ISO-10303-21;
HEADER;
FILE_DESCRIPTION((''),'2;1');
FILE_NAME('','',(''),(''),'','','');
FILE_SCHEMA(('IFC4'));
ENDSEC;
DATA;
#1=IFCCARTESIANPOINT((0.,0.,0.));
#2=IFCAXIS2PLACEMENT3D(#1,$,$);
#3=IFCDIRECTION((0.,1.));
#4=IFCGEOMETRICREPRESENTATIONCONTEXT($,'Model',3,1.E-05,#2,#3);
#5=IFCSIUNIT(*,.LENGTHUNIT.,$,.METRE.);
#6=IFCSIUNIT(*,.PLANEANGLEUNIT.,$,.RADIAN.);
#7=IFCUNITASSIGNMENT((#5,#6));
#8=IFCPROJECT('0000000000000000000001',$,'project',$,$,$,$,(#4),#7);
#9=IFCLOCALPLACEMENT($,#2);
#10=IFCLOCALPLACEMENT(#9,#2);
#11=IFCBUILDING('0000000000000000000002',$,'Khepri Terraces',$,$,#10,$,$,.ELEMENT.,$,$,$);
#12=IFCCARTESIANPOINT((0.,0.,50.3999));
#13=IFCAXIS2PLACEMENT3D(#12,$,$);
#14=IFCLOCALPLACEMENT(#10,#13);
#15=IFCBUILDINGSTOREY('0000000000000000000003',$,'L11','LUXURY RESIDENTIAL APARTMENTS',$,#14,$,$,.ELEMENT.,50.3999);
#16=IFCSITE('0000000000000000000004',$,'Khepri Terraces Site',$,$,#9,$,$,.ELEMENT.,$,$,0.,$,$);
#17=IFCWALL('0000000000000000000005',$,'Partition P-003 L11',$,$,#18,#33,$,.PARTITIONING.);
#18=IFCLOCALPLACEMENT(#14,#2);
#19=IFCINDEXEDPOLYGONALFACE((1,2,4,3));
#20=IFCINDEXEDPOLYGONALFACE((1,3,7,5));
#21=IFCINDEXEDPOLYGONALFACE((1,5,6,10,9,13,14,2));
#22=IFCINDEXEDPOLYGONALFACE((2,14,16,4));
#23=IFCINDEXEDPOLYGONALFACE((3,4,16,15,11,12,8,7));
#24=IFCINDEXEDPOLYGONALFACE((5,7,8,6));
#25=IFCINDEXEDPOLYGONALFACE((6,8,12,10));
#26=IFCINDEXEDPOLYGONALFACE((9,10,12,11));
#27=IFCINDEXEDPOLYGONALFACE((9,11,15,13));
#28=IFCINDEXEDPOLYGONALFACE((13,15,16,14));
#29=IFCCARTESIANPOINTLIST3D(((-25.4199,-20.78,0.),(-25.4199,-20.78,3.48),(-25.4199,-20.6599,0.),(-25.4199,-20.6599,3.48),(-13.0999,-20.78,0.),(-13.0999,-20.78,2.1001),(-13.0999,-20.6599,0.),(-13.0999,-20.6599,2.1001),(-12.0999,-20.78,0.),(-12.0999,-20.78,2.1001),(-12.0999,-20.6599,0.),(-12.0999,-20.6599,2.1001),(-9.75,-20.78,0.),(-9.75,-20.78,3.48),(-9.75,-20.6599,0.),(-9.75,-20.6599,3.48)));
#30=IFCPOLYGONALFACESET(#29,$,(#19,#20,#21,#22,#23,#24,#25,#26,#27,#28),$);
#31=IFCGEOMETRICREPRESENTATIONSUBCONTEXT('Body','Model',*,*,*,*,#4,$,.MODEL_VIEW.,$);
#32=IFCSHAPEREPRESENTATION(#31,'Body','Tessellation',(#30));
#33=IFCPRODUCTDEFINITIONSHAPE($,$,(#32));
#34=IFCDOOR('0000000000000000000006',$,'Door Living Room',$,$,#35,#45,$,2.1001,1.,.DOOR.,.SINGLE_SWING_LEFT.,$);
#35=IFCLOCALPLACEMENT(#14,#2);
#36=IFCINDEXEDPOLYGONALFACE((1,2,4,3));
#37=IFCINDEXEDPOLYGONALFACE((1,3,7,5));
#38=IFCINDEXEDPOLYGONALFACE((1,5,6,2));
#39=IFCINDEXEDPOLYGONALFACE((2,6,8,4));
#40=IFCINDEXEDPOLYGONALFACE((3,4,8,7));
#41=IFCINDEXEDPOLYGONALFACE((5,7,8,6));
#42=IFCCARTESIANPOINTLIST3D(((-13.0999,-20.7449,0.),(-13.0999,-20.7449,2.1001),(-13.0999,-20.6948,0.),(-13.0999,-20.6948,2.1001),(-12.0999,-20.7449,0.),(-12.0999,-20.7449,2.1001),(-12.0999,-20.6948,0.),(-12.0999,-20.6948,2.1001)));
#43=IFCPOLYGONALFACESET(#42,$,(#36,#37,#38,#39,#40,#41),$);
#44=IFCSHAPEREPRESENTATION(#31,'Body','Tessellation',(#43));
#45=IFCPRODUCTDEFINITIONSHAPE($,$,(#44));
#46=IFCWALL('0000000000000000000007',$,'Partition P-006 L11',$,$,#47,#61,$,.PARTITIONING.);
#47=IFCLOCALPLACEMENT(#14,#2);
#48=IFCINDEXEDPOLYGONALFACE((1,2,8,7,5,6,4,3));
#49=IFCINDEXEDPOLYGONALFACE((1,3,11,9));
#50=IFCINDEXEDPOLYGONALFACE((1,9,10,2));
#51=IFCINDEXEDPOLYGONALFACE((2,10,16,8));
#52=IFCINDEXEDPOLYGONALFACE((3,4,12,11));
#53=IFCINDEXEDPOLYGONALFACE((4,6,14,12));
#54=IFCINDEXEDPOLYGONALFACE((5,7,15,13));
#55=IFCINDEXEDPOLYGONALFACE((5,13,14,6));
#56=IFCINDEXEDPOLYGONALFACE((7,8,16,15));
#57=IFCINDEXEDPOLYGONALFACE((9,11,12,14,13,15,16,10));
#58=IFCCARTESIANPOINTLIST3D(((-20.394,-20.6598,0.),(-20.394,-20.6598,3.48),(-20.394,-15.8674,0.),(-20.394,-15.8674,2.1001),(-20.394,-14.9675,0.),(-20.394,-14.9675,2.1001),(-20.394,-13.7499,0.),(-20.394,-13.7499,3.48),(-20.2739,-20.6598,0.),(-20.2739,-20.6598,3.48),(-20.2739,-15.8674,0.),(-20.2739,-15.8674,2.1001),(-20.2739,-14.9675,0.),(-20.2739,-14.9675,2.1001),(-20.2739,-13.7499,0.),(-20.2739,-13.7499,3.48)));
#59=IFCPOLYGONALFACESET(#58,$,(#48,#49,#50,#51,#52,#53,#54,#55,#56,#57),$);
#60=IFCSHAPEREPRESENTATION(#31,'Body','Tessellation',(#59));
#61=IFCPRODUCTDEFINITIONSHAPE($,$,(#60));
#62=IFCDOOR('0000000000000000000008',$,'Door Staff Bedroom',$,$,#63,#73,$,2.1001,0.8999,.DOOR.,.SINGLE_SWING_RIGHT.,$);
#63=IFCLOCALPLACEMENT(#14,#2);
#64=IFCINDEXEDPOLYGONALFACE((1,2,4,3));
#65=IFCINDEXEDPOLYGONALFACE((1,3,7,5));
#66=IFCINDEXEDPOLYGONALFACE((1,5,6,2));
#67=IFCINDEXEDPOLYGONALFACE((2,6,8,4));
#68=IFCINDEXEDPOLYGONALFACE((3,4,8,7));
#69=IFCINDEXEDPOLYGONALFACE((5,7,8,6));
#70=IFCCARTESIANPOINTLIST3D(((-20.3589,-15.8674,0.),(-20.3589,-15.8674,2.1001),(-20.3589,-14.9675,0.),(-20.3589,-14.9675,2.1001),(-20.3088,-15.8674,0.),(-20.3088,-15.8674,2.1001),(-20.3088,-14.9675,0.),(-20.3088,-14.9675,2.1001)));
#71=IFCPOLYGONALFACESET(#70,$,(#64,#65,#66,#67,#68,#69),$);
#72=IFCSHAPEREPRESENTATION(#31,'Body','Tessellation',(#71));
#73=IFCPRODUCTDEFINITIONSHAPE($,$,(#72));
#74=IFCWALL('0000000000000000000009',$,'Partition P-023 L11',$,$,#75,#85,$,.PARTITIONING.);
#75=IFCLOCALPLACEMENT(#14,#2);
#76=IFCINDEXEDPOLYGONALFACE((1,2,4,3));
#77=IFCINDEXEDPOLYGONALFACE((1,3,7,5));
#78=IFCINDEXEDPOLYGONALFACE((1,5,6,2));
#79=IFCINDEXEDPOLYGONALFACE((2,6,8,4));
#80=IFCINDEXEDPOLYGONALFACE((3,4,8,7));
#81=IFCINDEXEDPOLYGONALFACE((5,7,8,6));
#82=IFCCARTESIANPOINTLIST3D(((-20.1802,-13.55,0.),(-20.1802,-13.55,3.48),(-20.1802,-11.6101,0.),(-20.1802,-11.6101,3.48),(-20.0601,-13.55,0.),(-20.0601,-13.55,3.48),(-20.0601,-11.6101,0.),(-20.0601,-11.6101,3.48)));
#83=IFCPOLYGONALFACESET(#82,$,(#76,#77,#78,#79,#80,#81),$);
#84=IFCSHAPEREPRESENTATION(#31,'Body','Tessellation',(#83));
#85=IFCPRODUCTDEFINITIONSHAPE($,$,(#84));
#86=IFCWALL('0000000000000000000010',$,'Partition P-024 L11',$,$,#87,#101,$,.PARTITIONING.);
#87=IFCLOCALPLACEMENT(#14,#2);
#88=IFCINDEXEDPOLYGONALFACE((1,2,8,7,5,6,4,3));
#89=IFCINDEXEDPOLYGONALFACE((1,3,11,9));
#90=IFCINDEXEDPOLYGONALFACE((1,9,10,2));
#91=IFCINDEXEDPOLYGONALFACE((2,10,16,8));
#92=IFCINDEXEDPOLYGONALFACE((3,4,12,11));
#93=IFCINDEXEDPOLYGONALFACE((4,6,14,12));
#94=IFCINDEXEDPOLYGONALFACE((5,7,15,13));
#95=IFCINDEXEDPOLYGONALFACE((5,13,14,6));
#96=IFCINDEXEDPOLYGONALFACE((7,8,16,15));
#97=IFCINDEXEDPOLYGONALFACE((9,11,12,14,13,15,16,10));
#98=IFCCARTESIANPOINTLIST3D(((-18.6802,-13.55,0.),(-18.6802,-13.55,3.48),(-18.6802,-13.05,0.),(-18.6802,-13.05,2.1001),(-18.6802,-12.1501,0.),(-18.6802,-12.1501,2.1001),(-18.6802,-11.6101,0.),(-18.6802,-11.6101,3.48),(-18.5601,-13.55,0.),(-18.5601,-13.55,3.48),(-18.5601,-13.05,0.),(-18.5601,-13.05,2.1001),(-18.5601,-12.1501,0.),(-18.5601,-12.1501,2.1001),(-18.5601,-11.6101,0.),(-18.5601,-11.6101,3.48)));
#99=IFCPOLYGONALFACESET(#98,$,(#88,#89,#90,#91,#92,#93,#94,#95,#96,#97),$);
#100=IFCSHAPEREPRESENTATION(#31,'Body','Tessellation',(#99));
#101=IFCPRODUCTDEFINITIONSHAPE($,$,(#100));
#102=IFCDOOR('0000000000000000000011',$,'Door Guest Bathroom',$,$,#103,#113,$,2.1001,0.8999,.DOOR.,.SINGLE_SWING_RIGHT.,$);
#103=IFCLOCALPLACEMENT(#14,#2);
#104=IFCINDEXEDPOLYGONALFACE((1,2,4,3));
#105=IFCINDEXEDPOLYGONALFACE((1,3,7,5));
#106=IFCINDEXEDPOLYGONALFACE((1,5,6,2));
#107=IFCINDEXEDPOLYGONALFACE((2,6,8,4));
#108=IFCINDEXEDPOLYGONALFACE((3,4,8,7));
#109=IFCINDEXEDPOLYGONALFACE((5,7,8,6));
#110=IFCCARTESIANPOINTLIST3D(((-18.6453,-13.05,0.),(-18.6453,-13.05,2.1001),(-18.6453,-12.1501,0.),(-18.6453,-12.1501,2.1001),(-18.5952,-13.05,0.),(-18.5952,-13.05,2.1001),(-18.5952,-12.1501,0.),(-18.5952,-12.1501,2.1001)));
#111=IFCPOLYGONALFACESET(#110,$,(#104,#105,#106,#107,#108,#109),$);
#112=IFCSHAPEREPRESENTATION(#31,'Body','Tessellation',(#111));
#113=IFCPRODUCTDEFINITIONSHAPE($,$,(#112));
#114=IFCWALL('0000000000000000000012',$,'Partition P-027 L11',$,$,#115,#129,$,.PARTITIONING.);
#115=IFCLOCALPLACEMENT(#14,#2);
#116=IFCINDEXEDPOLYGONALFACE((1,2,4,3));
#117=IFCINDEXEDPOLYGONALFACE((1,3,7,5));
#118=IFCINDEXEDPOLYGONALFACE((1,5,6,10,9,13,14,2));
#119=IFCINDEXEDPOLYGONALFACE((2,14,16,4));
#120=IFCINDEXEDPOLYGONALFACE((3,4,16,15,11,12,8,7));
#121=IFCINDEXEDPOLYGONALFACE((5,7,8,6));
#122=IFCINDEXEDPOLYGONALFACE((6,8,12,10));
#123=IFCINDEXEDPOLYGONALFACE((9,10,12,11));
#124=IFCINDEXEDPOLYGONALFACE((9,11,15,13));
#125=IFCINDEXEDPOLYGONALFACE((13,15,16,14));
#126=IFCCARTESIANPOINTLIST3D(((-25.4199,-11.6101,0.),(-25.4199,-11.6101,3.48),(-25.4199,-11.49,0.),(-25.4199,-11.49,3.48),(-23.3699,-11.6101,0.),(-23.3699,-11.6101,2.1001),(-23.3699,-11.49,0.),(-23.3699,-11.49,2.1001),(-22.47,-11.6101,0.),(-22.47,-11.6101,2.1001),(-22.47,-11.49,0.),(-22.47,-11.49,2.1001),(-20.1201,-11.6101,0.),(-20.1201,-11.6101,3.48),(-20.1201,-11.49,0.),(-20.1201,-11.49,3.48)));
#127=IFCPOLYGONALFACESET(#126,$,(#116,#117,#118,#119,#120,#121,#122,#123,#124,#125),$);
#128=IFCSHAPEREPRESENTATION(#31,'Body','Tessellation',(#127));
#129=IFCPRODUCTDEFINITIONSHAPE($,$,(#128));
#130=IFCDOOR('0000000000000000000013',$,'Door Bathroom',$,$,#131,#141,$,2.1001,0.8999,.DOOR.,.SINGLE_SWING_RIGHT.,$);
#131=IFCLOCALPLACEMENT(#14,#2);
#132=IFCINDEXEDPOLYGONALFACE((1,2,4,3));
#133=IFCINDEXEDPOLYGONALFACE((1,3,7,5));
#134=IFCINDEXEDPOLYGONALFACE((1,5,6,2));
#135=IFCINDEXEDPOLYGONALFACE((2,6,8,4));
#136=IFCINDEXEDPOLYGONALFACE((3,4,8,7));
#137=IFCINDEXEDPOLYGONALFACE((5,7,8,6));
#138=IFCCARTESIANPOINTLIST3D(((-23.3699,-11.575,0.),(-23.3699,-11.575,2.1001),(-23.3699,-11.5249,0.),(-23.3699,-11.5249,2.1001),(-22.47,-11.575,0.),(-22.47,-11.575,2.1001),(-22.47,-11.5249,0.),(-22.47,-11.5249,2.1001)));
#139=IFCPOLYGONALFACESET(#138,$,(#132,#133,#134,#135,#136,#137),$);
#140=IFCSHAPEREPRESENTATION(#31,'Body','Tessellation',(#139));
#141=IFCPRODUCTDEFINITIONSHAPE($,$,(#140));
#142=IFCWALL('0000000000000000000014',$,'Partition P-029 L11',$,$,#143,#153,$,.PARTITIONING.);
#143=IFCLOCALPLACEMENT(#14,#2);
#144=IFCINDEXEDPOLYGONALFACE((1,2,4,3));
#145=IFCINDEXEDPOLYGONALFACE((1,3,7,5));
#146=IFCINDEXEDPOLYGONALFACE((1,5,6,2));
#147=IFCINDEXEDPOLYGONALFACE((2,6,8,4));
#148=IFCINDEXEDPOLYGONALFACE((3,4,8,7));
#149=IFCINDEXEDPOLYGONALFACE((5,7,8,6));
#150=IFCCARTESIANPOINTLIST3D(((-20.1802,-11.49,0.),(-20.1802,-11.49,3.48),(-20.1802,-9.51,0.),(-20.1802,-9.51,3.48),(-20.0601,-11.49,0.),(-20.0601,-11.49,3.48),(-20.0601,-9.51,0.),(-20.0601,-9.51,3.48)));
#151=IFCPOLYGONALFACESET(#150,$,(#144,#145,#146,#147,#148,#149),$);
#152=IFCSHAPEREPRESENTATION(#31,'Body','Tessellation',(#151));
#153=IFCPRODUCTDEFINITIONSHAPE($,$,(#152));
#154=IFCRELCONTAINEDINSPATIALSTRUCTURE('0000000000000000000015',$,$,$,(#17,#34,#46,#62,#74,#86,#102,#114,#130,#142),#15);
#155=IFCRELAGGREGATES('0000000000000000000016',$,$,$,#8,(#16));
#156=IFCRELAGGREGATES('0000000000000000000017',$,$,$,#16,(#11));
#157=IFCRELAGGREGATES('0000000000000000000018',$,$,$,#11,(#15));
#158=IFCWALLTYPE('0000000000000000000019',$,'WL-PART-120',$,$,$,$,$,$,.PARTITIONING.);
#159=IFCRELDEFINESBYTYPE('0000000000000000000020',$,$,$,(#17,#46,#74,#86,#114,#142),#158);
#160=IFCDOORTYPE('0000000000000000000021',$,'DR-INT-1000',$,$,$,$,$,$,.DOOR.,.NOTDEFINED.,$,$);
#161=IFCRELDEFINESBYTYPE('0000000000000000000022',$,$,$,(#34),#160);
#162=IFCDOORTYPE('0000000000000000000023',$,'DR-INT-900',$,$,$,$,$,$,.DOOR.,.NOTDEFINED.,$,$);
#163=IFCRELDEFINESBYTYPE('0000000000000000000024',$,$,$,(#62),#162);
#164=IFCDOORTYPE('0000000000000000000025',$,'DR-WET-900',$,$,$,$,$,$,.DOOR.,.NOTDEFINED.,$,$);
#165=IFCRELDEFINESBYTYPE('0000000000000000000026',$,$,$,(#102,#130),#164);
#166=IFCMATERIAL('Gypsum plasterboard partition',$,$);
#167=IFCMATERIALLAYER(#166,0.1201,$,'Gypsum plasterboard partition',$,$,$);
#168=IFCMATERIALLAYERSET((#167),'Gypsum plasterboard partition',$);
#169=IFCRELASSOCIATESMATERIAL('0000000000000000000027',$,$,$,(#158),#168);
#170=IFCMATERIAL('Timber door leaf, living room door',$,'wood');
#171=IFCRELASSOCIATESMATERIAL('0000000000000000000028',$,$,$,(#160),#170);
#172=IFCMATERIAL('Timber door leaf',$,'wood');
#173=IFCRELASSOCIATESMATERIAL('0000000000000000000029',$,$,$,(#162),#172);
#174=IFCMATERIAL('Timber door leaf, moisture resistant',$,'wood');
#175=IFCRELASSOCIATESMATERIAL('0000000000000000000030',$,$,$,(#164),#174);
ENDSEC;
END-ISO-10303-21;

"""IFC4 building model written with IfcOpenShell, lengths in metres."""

from ifc_helpers import new_model, si_unit, direction, frame, frame_2d, origin, place, context, subcontext, project, spatial, rectangle, extrude, material, layer, layer_set, type_object, element, fill, save


model = new_model("IFC4")

# Units and contexts
model_context = context("Model", 3, precision=1e-05, world=origin(), true_north=direction((0.0, 1.0)))
body_context = subcontext(model_context, "Body", "Model", "MODEL_VIEW")
ifc_project = project(units=[si_unit("LENGTHUNIT", "METRE"), si_unit("PLANEANGLEUNIT", "RADIAN")], contexts=[model_context])

# Site, building, storey
site_placement = place(None, origin())
site = spatial("IfcSite", under=ifc_project, at=site_placement, Name="Khepri Terraces Site", CompositionType="ELEMENT", RefElevation=0.0)
building_placement = place(site_placement, origin())
building = spatial("IfcBuilding", under=site, at=building_placement, Name="Khepri Terraces", CompositionType="ELEMENT")
storey_placement = place(building_placement, frame((0.0, 0.0, 50.3999)))
storey = spatial("IfcBuildingStorey", under=building, at=storey_placement, Name="L11", Description="LUXURY RESIDENTIAL APARTMENTS", CompositionType="ELEMENT", Elevation=50.3999)

# Walls, openings, doors
ifc_material_1 = material(Name="Gypsum plasterboard partition")
ifc_layer_1 = layer(ifc_material_1, 0.1201, Name="Gypsum plasterboard partition")
ifc_layer_set_1 = layer_set([ifc_layer_1], Name="Gypsum plasterboard partition")
wall_type_1 = type_object("IfcWallType", Name="WL-PART-120", PredefinedType="PARTITIONING", material=ifc_layer_set_1)
wall_1_placement = place(storey_placement, frame((-25.4199, -20.72, 0.0), z_axis=(0.0, 0.0, 1.0), x_axis=(1.0, 0.0, 0.0)))
wall_1 = element("IfcWall", 1, at=wall_1_placement, inside=storey, type_object=wall_type_1, Name="Partition P-003 L11", PredefinedType="PARTITIONING", context=body_context, shape_type="SweptSolid", body=[
    extrude(rectangle(XDim=15.6699, YDim=0.1201, at=frame_2d((7.835, 0.0))), origin(), (0.0, 0.0, 1.0), 3.48),
])
opening_1_placement = place(wall_1_placement, frame((12.3201, 0.0, 0.0)))
opening_1 = element("IfcOpeningElement", 2, at=opening_1_placement, cuts=wall_1, PredefinedType="OPENING", context=body_context, shape_type="SweptSolid", body=[
    extrude(rectangle(XDim=1.0, YDim=2.1001, at=frame_2d((0.5, 1.05))), frame((0.0, 0.0701, 0.0), z_axis=(0.0, -1.0, 0.0), x_axis=(1.0, 0.0, 0.0)), (0.0, 0.0, 1.0), 0.1401),
])
ifc_material_2 = material(Name="Timber door leaf, living room door", Category="wood")
door_type_1 = type_object("IfcDoorType", Name="DR-INT-1000", OperationType="NOTDEFINED", PredefinedType="DOOR", material=ifc_material_2)
door_1_placement = place(opening_1_placement, frame((1.0, 0.0, 0.0), z_axis=(0.0, 0.0, 1.0), x_axis=(-1.0, 0.0, 0.0)))
door_1 = element("IfcDoor", 3, at=door_1_placement, inside=storey, type_object=door_type_1, Name="Door Living Room", OperationType="SINGLE_SWING_LEFT", OverallHeight=2.1001, OverallWidth=1.0, PredefinedType="DOOR", context=body_context, shape_type="SweptSolid", body=[
    extrude(rectangle(XDim=1.0, YDim=2.1001, at=frame_2d((0.5, 1.05))), frame((0.0, 0.0249, 0.0), z_axis=(0.0, -1.0, 0.0), x_axis=(1.0, 0.0, 0.0)), (0.0, 0.0, 1.0), 0.05),
])
fill(opening_1, door_1)
wall_2_placement = place(storey_placement, frame((-20.334, -20.6599, 0.0), z_axis=(0.0, 0.0, 1.0), x_axis=(0.0, 1.0, 0.0)))
wall_2 = element("IfcWall", 4, at=wall_2_placement, inside=storey, type_object=wall_type_1, Name="Partition P-006 L11", PredefinedType="PARTITIONING", context=body_context, shape_type="SweptSolid", body=[
    extrude(rectangle(XDim=6.9099, YDim=0.1201, at=frame_2d((3.4551, 0.0))), origin(), (0.0, 0.0, 1.0), 3.48),
])
opening_2_placement = place(wall_2_placement, frame((4.7925, 0.0, 0.0)))
opening_2 = element("IfcOpeningElement", 5, at=opening_2_placement, cuts=wall_2, PredefinedType="OPENING", context=body_context, shape_type="SweptSolid", body=[
    extrude(rectangle(XDim=0.8999, YDim=2.1001, at=frame_2d((0.45, 1.05))), frame((0.0, 0.0701, 0.0), z_axis=(0.0, -1.0, 0.0), x_axis=(1.0, 0.0, 0.0)), (0.0, 0.0, 1.0), 0.1401),
])
ifc_material_3 = material(Name="Timber door leaf", Category="wood")
door_type_2 = type_object("IfcDoorType", Name="DR-INT-900", OperationType="NOTDEFINED", PredefinedType="DOOR", material=ifc_material_3)
door_2_placement = place(opening_2_placement, origin())
door_2 = element("IfcDoor", 6, at=door_2_placement, inside=storey, type_object=door_type_2, Name="Door Staff Bedroom", OperationType="SINGLE_SWING_RIGHT", OverallHeight=2.1001, OverallWidth=0.8999, PredefinedType="DOOR", context=body_context, shape_type="SweptSolid", body=[
    extrude(rectangle(XDim=0.8999, YDim=2.1001, at=frame_2d((0.45, 1.05))), frame((0.0, 0.0249, 0.0), z_axis=(0.0, -1.0, 0.0), x_axis=(1.0, 0.0, 0.0)), (0.0, 0.0, 1.0), 0.05),
])
fill(opening_2, door_2)

# Wall
wall_3_placement = place(storey_placement, frame((-20.1201, -13.55, 0.0), z_axis=(0.0, 0.0, 1.0), x_axis=(0.0, 1.0, 0.0)))
element("IfcWall", 7, at=wall_3_placement, inside=storey, type_object=wall_type_1, Name="Partition P-023 L11", PredefinedType="PARTITIONING", context=body_context, shape_type="SweptSolid", body=[
    extrude(rectangle(XDim=1.9399, YDim=0.1201, at=frame_2d((0.97, 0.0))), origin(), (0.0, 0.0, 1.0), 3.48),
])

# Walls, openings, doors
wall_4_placement = place(storey_placement, frame((-18.6201, -13.55, 0.0), z_axis=(0.0, 0.0, 1.0), x_axis=(0.0, 1.0, 0.0)))
wall_4 = element("IfcWall", 8, at=wall_4_placement, inside=storey, type_object=wall_type_1, Name="Partition P-024 L11", PredefinedType="PARTITIONING", context=body_context, shape_type="SweptSolid", body=[
    extrude(rectangle(XDim=1.9399, YDim=0.1201, at=frame_2d((0.97, 0.0))), origin(), (0.0, 0.0, 1.0), 3.48),
])
opening_3_placement = place(wall_4_placement, frame((0.5, 0.0, 0.0)))
opening_3 = element("IfcOpeningElement", 9, at=opening_3_placement, cuts=wall_4, PredefinedType="OPENING", context=body_context, shape_type="SweptSolid", body=[
    extrude(rectangle(XDim=0.8999, YDim=2.1001, at=frame_2d((0.45, 1.05))), frame((0.0, 0.0701, 0.0), z_axis=(0.0, -1.0, 0.0), x_axis=(1.0, 0.0, 0.0)), (0.0, 0.0, 1.0), 0.1401),
])
ifc_material_4 = material(Name="Timber door leaf, moisture resistant", Category="wood")
door_type_3 = type_object("IfcDoorType", Name="DR-WET-900", OperationType="NOTDEFINED", PredefinedType="DOOR", material=ifc_material_4)
door_3_placement = place(opening_3_placement, frame((0.8999, 0.0, 0.0), z_axis=(0.0, 0.0, 1.0), x_axis=(-1.0, 0.0, 0.0)))
door_3 = element("IfcDoor", 10, at=door_3_placement, inside=storey, type_object=door_type_3, Name="Door Guest Bathroom", OperationType="SINGLE_SWING_RIGHT", OverallHeight=2.1001, OverallWidth=0.8999, PredefinedType="DOOR", context=body_context, shape_type="SweptSolid", body=[
    extrude(rectangle(XDim=0.8999, YDim=2.1001, at=frame_2d((0.45, 1.05))), frame((0.0, 0.0249, 0.0), z_axis=(0.0, -1.0, 0.0), x_axis=(1.0, 0.0, 0.0)), (0.0, 0.0, 1.0), 0.05),
])
fill(opening_3, door_3)
wall_5_placement = place(storey_placement, frame((-25.4199, -11.55, 0.0), z_axis=(0.0, 0.0, 1.0), x_axis=(1.0, 0.0, 0.0)))
wall_5 = element("IfcWall", 11, at=wall_5_placement, inside=storey, type_object=wall_type_1, Name="Partition P-027 L11", PredefinedType="PARTITIONING", context=body_context, shape_type="SweptSolid", body=[
    extrude(rectangle(XDim=5.2998, YDim=0.1201, at=frame_2d((2.6499, 0.0))), origin(), (0.0, 0.0, 1.0), 3.48),
])
opening_4_placement = place(wall_5_placement, frame((2.05, 0.0, 0.0)))
opening_4 = element("IfcOpeningElement", 12, at=opening_4_placement, cuts=wall_5, PredefinedType="OPENING", context=body_context, shape_type="SweptSolid", body=[
    extrude(rectangle(XDim=0.8999, YDim=2.1001, at=frame_2d((0.45, 1.05))), frame((0.0, 0.0701, 0.0), z_axis=(0.0, -1.0, 0.0), x_axis=(1.0, 0.0, 0.0)), (0.0, 0.0, 1.0), 0.1401),
])
door_4_placement = place(opening_4_placement, frame((0.8999, 0.0, 0.0), z_axis=(0.0, 0.0, 1.0), x_axis=(-1.0, 0.0, 0.0)))
door_4 = element("IfcDoor", 13, at=door_4_placement, inside=storey, type_object=door_type_3, Name="Door Bathroom", OperationType="SINGLE_SWING_RIGHT", OverallHeight=2.1001, OverallWidth=0.8999, PredefinedType="DOOR", context=body_context, shape_type="SweptSolid", body=[
    extrude(rectangle(XDim=0.8999, YDim=2.1001, at=frame_2d((0.45, 1.05))), frame((0.0, 0.0249, 0.0), z_axis=(0.0, -1.0, 0.0), x_axis=(1.0, 0.0, 0.0)), (0.0, 0.0, 1.0), 0.05),
])
fill(opening_4, door_4)

# Wall
wall_6_placement = place(storey_placement, frame((-20.1201, -11.49, 0.0), z_axis=(0.0, 0.0, 1.0), x_axis=(0.0, 1.0, 0.0)))
element("IfcWall", 14, at=wall_6_placement, inside=storey, type_object=wall_type_1, Name="Partition P-029 L11", PredefinedType="PARTITIONING", context=body_context, shape_type="SweptSolid", body=[
    extrude(rectangle(XDim=1.98, YDim=0.1201, at=frame_2d((0.99, 0.0))), origin(), (0.0, 0.0, 1.0), 3.48),
])

save(model, "model.ifc")
